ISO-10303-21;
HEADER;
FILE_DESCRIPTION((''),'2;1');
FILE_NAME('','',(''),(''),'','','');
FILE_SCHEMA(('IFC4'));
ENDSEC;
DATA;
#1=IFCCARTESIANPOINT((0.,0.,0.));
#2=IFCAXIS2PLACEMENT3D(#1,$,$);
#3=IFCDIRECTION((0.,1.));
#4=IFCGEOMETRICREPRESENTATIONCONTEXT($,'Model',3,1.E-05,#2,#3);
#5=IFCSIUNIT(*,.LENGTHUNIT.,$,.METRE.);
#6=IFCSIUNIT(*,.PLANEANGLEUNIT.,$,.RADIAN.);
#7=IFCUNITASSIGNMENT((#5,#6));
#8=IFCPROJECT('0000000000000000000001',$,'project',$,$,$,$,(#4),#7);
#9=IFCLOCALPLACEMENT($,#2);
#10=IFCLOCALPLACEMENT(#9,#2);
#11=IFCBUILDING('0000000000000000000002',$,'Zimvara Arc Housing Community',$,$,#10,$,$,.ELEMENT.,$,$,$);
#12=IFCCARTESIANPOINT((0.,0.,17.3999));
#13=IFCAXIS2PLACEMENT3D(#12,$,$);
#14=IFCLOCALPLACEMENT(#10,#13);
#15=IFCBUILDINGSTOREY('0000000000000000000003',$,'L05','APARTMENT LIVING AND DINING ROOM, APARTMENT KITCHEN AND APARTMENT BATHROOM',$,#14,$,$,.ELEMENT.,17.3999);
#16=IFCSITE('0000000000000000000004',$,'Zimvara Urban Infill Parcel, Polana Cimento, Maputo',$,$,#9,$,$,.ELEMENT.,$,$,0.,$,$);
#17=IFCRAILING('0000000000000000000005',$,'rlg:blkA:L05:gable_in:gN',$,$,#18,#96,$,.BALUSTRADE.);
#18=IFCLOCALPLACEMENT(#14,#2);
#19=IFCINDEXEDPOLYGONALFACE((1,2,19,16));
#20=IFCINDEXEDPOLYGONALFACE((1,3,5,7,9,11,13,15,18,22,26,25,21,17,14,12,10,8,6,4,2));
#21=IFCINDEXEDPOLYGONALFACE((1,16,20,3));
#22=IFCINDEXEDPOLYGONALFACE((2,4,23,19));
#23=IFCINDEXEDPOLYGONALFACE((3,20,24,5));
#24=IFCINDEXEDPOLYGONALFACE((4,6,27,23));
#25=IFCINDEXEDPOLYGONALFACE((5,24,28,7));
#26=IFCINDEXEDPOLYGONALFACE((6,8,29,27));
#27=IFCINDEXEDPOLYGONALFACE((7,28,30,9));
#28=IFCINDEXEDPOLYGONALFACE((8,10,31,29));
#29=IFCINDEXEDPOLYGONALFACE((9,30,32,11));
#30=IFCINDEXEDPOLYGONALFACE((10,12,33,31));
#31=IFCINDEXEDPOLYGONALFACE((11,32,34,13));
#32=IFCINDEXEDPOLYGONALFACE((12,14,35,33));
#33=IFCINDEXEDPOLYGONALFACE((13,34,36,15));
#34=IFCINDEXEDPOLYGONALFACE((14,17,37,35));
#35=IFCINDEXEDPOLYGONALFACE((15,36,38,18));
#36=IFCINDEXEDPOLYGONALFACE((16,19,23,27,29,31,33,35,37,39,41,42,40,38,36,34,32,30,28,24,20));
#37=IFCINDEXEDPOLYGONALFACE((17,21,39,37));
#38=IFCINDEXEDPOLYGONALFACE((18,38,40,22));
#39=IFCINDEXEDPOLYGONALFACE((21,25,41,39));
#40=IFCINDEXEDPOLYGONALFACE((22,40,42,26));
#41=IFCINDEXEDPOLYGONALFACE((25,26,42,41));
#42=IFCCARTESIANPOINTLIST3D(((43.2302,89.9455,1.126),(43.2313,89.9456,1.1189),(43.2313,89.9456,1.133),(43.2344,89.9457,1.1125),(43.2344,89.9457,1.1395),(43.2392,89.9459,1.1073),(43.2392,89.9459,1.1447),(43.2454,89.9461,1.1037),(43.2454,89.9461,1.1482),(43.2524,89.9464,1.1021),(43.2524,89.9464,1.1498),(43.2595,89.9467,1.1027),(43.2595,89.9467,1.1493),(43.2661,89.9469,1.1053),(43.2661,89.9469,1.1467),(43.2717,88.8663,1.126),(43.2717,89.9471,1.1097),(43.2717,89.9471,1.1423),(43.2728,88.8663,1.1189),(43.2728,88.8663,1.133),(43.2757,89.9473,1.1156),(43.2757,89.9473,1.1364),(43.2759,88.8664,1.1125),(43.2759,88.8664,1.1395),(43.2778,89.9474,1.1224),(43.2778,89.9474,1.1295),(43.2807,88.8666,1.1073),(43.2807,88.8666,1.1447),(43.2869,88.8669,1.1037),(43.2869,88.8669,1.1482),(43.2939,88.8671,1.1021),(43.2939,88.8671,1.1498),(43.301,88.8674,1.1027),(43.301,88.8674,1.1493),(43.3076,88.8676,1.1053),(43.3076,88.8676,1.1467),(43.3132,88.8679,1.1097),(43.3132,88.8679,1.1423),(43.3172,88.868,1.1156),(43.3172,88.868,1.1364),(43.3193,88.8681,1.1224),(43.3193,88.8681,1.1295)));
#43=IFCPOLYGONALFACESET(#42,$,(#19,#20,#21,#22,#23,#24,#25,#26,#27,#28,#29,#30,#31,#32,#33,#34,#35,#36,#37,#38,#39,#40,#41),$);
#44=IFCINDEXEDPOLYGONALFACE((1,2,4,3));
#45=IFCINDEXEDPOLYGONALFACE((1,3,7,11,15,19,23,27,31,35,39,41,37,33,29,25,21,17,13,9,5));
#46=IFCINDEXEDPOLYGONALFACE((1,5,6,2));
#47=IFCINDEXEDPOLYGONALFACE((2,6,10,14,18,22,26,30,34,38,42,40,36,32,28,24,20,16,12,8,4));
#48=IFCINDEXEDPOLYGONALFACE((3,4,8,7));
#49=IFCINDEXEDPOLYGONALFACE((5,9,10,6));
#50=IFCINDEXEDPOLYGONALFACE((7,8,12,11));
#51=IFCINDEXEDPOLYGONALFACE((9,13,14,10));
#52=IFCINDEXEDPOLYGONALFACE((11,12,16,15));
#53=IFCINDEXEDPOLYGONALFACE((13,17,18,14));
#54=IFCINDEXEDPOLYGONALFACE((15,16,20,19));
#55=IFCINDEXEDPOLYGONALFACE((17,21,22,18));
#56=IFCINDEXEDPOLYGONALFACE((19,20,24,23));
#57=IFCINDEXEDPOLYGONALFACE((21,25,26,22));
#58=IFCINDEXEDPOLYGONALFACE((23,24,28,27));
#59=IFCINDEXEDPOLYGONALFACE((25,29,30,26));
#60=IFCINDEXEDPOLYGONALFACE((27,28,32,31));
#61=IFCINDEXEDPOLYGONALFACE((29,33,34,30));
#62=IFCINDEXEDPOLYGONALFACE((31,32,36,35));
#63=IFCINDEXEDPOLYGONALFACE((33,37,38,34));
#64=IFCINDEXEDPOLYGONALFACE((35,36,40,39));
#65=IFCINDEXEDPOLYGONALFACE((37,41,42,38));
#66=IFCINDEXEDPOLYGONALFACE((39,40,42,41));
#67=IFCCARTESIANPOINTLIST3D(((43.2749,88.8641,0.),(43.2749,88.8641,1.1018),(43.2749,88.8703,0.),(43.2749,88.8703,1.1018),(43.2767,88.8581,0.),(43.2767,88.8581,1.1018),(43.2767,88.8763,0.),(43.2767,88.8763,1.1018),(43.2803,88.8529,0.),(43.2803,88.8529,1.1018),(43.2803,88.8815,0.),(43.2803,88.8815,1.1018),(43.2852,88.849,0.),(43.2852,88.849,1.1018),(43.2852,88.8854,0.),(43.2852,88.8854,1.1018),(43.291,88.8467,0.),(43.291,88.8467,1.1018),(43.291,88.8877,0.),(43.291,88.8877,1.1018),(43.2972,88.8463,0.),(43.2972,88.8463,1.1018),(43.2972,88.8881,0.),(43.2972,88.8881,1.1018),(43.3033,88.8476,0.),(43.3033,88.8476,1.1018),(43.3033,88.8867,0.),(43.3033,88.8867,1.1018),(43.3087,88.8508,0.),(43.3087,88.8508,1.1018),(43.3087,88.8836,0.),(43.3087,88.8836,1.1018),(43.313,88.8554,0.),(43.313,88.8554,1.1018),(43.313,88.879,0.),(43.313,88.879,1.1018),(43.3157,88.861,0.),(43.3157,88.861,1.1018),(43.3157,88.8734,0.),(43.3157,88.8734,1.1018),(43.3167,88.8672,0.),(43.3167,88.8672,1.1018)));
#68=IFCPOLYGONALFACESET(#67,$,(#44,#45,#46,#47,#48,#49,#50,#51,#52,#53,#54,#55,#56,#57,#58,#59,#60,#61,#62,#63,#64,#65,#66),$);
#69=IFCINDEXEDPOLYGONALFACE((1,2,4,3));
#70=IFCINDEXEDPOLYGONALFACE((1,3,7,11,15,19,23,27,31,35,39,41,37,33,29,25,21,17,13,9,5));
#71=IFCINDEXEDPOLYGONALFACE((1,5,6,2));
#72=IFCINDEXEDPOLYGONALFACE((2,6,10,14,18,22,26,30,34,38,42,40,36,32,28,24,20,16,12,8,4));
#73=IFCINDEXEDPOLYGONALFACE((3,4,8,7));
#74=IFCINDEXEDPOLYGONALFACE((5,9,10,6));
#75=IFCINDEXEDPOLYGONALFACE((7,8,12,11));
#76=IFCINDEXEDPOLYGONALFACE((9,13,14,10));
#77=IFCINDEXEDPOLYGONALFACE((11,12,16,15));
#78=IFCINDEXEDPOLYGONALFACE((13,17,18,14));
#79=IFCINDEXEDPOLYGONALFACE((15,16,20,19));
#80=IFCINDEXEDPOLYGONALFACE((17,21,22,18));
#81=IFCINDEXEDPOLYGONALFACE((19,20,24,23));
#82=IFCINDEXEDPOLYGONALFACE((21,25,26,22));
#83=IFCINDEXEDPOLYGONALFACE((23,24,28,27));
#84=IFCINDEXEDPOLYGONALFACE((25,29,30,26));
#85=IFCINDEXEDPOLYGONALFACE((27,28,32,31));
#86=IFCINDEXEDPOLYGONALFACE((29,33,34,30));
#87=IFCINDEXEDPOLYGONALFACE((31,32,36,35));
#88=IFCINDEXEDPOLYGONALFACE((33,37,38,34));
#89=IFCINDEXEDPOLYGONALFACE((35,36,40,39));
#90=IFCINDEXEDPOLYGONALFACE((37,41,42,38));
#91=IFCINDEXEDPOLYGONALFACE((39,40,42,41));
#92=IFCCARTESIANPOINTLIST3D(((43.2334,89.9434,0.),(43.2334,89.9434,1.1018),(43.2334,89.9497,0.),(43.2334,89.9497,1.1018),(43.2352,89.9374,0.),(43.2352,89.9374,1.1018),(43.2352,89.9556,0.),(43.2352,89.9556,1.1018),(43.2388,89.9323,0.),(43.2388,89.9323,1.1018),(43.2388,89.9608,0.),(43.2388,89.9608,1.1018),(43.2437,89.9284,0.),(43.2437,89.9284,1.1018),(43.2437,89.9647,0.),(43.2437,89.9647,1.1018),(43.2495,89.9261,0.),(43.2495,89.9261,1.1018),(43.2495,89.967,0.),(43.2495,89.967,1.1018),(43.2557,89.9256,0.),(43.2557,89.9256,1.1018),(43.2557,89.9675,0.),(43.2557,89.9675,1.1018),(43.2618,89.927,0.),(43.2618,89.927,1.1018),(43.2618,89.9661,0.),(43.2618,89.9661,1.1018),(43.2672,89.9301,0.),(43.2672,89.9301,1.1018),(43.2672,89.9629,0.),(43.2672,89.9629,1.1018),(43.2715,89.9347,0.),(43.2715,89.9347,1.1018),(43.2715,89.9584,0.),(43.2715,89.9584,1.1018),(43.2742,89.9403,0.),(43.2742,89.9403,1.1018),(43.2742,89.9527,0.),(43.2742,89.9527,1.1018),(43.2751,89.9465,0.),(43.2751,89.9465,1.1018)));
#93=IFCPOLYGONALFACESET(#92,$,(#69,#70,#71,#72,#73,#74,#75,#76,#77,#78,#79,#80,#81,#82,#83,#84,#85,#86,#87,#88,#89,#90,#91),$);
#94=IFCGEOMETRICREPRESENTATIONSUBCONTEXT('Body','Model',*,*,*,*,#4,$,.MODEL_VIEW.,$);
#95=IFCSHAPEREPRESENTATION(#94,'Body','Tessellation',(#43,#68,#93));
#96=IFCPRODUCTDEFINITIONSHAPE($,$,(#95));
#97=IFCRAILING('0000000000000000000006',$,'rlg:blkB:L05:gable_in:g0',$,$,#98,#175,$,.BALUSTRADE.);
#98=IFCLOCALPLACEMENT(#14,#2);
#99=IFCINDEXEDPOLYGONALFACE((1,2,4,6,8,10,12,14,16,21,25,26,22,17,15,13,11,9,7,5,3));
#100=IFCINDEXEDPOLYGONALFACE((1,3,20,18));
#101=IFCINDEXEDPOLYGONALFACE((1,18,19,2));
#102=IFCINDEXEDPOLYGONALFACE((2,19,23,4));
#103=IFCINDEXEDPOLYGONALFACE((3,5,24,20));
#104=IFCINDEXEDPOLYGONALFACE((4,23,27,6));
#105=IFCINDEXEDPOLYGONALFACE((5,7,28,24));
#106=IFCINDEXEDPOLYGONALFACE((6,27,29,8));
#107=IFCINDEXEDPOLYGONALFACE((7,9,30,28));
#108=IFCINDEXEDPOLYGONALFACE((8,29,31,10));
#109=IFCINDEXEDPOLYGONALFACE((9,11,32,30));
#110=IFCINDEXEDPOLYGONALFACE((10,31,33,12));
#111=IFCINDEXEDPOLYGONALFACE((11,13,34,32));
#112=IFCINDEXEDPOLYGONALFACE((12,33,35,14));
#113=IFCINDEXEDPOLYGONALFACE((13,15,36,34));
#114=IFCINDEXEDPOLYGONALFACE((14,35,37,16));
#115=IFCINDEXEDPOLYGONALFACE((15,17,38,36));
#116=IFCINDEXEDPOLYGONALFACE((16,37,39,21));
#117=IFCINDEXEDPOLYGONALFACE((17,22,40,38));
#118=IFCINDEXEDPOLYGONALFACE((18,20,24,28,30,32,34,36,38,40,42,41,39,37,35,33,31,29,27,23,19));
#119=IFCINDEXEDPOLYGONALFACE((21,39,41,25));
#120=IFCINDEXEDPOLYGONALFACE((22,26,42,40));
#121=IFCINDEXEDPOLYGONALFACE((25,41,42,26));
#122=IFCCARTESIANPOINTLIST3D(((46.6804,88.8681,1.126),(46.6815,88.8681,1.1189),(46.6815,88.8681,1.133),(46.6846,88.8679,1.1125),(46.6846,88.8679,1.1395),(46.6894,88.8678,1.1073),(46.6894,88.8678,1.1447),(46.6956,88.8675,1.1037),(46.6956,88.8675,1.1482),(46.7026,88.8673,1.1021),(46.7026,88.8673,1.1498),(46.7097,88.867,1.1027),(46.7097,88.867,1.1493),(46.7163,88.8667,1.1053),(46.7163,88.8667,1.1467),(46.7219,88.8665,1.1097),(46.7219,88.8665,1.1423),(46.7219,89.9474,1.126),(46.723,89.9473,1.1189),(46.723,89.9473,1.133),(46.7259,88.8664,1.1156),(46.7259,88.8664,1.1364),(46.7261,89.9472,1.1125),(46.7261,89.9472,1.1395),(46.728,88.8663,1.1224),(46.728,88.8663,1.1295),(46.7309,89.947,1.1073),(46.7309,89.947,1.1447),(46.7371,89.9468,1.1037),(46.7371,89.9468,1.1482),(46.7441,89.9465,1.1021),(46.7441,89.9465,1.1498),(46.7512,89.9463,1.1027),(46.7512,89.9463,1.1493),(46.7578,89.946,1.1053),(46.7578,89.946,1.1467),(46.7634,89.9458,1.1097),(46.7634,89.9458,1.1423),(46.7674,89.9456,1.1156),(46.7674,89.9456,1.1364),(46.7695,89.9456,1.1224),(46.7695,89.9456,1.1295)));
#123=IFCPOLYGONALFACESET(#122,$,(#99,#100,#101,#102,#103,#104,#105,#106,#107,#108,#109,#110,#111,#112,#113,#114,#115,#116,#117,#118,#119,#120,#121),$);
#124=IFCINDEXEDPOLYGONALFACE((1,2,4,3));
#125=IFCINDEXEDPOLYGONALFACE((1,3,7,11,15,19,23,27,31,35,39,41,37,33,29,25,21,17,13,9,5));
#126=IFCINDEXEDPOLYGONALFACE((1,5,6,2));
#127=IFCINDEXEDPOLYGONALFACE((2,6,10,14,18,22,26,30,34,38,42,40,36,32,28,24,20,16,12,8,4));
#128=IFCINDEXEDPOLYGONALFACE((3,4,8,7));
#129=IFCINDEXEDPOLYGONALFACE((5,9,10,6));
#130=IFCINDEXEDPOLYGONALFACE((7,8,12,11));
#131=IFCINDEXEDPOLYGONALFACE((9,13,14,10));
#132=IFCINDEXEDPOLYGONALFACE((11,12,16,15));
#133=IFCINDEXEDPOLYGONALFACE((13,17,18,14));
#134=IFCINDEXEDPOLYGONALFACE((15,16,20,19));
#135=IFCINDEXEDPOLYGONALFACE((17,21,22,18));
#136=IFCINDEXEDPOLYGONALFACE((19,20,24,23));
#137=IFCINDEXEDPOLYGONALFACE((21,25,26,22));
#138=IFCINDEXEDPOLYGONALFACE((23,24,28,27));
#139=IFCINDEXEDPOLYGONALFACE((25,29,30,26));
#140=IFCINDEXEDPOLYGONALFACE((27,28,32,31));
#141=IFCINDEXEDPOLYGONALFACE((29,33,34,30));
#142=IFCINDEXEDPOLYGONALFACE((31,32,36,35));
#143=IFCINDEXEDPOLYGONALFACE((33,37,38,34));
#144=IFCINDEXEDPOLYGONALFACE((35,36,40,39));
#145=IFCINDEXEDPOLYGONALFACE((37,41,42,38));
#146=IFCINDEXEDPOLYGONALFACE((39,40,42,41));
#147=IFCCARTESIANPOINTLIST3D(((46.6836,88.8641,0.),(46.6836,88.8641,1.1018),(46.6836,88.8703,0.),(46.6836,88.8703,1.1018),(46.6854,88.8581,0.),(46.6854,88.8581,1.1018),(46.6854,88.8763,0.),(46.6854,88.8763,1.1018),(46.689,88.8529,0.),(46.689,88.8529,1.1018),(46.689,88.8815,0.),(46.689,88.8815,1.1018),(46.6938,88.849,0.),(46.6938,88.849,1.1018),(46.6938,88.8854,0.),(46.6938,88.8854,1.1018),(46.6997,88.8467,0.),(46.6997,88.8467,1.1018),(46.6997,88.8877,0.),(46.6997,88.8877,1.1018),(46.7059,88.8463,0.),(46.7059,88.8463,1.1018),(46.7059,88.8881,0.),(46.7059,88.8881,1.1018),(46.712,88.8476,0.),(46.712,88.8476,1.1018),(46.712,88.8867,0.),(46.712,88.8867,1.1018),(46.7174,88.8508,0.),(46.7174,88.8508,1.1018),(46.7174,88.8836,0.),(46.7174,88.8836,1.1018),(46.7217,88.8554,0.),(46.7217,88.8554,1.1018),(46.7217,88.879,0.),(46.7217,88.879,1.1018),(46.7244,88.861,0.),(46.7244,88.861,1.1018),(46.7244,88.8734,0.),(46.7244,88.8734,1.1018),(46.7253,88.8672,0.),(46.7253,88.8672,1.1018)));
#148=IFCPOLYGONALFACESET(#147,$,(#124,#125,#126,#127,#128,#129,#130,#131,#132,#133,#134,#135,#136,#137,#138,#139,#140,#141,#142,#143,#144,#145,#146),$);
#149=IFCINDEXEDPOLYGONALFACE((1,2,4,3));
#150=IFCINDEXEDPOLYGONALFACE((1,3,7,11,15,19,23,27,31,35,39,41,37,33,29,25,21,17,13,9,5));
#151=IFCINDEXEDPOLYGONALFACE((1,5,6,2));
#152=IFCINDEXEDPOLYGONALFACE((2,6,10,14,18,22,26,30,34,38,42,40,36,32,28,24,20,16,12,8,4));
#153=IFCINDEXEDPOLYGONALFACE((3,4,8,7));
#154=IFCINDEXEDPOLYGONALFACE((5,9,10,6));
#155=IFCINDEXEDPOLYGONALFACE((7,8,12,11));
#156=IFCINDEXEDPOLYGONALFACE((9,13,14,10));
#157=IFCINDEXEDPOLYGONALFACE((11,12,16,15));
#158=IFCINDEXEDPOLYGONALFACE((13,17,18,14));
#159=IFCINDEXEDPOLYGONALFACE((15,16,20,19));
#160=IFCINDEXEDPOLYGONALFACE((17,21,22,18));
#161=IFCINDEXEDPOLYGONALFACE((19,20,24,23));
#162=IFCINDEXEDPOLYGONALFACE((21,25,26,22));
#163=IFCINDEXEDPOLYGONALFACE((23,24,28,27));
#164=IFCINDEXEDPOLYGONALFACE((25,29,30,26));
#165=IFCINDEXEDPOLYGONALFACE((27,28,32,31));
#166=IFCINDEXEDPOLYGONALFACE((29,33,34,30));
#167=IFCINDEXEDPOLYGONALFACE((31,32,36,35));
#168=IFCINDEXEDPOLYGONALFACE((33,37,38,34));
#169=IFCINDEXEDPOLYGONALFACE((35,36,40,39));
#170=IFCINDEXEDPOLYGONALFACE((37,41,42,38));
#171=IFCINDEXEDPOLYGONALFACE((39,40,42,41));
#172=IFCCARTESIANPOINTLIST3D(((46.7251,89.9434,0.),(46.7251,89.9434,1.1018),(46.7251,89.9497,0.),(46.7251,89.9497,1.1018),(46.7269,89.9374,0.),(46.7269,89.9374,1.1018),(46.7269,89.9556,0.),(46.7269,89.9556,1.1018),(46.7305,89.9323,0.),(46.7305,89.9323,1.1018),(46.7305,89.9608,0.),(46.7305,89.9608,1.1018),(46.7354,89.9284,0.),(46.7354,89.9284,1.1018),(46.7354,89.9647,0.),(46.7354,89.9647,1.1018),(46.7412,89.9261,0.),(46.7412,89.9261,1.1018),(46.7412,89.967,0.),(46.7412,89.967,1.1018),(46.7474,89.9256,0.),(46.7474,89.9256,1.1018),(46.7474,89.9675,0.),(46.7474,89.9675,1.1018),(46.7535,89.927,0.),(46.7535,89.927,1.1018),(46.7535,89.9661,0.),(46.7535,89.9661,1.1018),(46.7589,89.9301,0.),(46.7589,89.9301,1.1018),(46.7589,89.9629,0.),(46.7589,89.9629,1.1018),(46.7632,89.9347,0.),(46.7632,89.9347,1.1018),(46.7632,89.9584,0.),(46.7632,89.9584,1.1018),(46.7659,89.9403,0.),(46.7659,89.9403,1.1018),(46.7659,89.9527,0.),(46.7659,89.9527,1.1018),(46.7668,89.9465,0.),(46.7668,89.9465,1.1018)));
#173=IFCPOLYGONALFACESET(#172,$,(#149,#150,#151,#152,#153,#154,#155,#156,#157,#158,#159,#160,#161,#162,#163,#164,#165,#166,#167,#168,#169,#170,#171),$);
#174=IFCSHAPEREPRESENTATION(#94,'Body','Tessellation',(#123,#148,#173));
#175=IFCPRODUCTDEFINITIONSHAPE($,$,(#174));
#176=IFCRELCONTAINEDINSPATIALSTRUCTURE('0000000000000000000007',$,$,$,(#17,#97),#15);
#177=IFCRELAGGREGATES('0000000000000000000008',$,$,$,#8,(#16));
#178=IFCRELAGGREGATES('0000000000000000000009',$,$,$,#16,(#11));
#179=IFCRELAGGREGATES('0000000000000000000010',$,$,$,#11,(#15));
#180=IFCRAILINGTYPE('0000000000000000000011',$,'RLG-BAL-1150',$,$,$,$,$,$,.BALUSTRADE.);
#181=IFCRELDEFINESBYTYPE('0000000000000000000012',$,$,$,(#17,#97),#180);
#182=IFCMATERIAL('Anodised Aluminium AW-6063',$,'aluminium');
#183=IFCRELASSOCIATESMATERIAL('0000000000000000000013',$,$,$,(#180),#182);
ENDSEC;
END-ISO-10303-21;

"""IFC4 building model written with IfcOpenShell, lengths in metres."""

from ifc_helpers import new_model, si_unit, direction, frame, origin, origin_2d, place, context, subcontext, project, spatial, circle, extrude, material, type_object, element, save


model = new_model("IFC4")

# Units and contexts
model_context = context("Model", 3, precision=1e-05, world=origin(), true_north=direction((0.0, 1.0)))
body_context = subcontext(model_context, "Body", "Model", "MODEL_VIEW")
ifc_project = project(units=[si_unit("LENGTHUNIT", "METRE"), si_unit("PLANEANGLEUNIT", "RADIAN")], contexts=[model_context])

# Site, building, storey
site_placement = place(None, origin())
site = spatial("IfcSite", under=ifc_project, at=site_placement, Name="Zimvara Urban Infill Parcel, Polana Cimento, Maputo", CompositionType="ELEMENT", RefElevation=0.0)
building_placement = place(site_placement, origin())
building = spatial("IfcBuilding", under=site, at=building_placement, Name="Zimvara Arc Housing Community", CompositionType="ELEMENT")
storey_placement = place(building_placement, frame((0.0, 0.0, 17.3999)))
storey = spatial("IfcBuildingStorey", under=building, at=storey_placement, Name="L05", Description="APARTMENT LIVING AND DINING ROOM, APARTMENT KITCHEN AND APARTMENT BATHROOM", CompositionType="ELEMENT", Elevation=17.3999)

# Railings
ifc_material_1 = material(Name="Anodised Aluminium AW-6063", Category="aluminium")
railing_type = type_object("IfcRailingType", Name="RLG-BAL-1150", PredefinedType="BALUSTRADE", material=ifc_material_1)
railing_1_placement = place(storey_placement, frame((43.2957, 88.8672, 0.0)))
element("IfcRailing", 1, at=railing_1_placement, inside=storey, type_object=railing_type, Name="rlg:blkA:L05:gable_in:gN", PredefinedType="BALUSTRADE", context=body_context, shape_type="SweptSolid", body=[
    extrude(circle(Radius=0.0239, at=origin_2d()), frame((0.0, 0.0, 1.126), z_axis=(-0.038424, 0.999262, 0.0), x_axis=(-0.999262, -0.038424, 0.0)), (0.0, 0.0, 1.0), 1.0801),
    extrude(circle(Radius=0.021, at=origin_2d()), origin(), (0.0, 0.0, 1.0), 1.1018),
    extrude(circle(Radius=0.021, at=origin_2d()), frame((-0.0415, 1.0793, 0.0)), (0.0, 0.0, 1.0), 1.1018),
])
railing_2_placement = place(storey_placement, frame((46.7043, 88.8672, 0.0)))
element("IfcRailing", 2, at=railing_2_placement, inside=storey, type_object=railing_type, Name="rlg:blkB:L05:gable_in:g0", PredefinedType="BALUSTRADE", context=body_context, shape_type="SweptSolid", body=[
    extrude(circle(Radius=0.0239, at=origin_2d()), frame((0.0, 0.0, 1.126), z_axis=(0.038424, 0.999262, 0.0), x_axis=(-0.999262, 0.038424, 0.0)), (0.0, 0.0, 1.0), 1.0801),
    extrude(circle(Radius=0.021, at=origin_2d()), origin(), (0.0, 0.0, 1.0), 1.1018),
    extrude(circle(Radius=0.021, at=origin_2d()), frame((0.0415, 1.0793, 0.0)), (0.0, 0.0, 1.0), 1.1018),
])

save(model, "model.ifc")
